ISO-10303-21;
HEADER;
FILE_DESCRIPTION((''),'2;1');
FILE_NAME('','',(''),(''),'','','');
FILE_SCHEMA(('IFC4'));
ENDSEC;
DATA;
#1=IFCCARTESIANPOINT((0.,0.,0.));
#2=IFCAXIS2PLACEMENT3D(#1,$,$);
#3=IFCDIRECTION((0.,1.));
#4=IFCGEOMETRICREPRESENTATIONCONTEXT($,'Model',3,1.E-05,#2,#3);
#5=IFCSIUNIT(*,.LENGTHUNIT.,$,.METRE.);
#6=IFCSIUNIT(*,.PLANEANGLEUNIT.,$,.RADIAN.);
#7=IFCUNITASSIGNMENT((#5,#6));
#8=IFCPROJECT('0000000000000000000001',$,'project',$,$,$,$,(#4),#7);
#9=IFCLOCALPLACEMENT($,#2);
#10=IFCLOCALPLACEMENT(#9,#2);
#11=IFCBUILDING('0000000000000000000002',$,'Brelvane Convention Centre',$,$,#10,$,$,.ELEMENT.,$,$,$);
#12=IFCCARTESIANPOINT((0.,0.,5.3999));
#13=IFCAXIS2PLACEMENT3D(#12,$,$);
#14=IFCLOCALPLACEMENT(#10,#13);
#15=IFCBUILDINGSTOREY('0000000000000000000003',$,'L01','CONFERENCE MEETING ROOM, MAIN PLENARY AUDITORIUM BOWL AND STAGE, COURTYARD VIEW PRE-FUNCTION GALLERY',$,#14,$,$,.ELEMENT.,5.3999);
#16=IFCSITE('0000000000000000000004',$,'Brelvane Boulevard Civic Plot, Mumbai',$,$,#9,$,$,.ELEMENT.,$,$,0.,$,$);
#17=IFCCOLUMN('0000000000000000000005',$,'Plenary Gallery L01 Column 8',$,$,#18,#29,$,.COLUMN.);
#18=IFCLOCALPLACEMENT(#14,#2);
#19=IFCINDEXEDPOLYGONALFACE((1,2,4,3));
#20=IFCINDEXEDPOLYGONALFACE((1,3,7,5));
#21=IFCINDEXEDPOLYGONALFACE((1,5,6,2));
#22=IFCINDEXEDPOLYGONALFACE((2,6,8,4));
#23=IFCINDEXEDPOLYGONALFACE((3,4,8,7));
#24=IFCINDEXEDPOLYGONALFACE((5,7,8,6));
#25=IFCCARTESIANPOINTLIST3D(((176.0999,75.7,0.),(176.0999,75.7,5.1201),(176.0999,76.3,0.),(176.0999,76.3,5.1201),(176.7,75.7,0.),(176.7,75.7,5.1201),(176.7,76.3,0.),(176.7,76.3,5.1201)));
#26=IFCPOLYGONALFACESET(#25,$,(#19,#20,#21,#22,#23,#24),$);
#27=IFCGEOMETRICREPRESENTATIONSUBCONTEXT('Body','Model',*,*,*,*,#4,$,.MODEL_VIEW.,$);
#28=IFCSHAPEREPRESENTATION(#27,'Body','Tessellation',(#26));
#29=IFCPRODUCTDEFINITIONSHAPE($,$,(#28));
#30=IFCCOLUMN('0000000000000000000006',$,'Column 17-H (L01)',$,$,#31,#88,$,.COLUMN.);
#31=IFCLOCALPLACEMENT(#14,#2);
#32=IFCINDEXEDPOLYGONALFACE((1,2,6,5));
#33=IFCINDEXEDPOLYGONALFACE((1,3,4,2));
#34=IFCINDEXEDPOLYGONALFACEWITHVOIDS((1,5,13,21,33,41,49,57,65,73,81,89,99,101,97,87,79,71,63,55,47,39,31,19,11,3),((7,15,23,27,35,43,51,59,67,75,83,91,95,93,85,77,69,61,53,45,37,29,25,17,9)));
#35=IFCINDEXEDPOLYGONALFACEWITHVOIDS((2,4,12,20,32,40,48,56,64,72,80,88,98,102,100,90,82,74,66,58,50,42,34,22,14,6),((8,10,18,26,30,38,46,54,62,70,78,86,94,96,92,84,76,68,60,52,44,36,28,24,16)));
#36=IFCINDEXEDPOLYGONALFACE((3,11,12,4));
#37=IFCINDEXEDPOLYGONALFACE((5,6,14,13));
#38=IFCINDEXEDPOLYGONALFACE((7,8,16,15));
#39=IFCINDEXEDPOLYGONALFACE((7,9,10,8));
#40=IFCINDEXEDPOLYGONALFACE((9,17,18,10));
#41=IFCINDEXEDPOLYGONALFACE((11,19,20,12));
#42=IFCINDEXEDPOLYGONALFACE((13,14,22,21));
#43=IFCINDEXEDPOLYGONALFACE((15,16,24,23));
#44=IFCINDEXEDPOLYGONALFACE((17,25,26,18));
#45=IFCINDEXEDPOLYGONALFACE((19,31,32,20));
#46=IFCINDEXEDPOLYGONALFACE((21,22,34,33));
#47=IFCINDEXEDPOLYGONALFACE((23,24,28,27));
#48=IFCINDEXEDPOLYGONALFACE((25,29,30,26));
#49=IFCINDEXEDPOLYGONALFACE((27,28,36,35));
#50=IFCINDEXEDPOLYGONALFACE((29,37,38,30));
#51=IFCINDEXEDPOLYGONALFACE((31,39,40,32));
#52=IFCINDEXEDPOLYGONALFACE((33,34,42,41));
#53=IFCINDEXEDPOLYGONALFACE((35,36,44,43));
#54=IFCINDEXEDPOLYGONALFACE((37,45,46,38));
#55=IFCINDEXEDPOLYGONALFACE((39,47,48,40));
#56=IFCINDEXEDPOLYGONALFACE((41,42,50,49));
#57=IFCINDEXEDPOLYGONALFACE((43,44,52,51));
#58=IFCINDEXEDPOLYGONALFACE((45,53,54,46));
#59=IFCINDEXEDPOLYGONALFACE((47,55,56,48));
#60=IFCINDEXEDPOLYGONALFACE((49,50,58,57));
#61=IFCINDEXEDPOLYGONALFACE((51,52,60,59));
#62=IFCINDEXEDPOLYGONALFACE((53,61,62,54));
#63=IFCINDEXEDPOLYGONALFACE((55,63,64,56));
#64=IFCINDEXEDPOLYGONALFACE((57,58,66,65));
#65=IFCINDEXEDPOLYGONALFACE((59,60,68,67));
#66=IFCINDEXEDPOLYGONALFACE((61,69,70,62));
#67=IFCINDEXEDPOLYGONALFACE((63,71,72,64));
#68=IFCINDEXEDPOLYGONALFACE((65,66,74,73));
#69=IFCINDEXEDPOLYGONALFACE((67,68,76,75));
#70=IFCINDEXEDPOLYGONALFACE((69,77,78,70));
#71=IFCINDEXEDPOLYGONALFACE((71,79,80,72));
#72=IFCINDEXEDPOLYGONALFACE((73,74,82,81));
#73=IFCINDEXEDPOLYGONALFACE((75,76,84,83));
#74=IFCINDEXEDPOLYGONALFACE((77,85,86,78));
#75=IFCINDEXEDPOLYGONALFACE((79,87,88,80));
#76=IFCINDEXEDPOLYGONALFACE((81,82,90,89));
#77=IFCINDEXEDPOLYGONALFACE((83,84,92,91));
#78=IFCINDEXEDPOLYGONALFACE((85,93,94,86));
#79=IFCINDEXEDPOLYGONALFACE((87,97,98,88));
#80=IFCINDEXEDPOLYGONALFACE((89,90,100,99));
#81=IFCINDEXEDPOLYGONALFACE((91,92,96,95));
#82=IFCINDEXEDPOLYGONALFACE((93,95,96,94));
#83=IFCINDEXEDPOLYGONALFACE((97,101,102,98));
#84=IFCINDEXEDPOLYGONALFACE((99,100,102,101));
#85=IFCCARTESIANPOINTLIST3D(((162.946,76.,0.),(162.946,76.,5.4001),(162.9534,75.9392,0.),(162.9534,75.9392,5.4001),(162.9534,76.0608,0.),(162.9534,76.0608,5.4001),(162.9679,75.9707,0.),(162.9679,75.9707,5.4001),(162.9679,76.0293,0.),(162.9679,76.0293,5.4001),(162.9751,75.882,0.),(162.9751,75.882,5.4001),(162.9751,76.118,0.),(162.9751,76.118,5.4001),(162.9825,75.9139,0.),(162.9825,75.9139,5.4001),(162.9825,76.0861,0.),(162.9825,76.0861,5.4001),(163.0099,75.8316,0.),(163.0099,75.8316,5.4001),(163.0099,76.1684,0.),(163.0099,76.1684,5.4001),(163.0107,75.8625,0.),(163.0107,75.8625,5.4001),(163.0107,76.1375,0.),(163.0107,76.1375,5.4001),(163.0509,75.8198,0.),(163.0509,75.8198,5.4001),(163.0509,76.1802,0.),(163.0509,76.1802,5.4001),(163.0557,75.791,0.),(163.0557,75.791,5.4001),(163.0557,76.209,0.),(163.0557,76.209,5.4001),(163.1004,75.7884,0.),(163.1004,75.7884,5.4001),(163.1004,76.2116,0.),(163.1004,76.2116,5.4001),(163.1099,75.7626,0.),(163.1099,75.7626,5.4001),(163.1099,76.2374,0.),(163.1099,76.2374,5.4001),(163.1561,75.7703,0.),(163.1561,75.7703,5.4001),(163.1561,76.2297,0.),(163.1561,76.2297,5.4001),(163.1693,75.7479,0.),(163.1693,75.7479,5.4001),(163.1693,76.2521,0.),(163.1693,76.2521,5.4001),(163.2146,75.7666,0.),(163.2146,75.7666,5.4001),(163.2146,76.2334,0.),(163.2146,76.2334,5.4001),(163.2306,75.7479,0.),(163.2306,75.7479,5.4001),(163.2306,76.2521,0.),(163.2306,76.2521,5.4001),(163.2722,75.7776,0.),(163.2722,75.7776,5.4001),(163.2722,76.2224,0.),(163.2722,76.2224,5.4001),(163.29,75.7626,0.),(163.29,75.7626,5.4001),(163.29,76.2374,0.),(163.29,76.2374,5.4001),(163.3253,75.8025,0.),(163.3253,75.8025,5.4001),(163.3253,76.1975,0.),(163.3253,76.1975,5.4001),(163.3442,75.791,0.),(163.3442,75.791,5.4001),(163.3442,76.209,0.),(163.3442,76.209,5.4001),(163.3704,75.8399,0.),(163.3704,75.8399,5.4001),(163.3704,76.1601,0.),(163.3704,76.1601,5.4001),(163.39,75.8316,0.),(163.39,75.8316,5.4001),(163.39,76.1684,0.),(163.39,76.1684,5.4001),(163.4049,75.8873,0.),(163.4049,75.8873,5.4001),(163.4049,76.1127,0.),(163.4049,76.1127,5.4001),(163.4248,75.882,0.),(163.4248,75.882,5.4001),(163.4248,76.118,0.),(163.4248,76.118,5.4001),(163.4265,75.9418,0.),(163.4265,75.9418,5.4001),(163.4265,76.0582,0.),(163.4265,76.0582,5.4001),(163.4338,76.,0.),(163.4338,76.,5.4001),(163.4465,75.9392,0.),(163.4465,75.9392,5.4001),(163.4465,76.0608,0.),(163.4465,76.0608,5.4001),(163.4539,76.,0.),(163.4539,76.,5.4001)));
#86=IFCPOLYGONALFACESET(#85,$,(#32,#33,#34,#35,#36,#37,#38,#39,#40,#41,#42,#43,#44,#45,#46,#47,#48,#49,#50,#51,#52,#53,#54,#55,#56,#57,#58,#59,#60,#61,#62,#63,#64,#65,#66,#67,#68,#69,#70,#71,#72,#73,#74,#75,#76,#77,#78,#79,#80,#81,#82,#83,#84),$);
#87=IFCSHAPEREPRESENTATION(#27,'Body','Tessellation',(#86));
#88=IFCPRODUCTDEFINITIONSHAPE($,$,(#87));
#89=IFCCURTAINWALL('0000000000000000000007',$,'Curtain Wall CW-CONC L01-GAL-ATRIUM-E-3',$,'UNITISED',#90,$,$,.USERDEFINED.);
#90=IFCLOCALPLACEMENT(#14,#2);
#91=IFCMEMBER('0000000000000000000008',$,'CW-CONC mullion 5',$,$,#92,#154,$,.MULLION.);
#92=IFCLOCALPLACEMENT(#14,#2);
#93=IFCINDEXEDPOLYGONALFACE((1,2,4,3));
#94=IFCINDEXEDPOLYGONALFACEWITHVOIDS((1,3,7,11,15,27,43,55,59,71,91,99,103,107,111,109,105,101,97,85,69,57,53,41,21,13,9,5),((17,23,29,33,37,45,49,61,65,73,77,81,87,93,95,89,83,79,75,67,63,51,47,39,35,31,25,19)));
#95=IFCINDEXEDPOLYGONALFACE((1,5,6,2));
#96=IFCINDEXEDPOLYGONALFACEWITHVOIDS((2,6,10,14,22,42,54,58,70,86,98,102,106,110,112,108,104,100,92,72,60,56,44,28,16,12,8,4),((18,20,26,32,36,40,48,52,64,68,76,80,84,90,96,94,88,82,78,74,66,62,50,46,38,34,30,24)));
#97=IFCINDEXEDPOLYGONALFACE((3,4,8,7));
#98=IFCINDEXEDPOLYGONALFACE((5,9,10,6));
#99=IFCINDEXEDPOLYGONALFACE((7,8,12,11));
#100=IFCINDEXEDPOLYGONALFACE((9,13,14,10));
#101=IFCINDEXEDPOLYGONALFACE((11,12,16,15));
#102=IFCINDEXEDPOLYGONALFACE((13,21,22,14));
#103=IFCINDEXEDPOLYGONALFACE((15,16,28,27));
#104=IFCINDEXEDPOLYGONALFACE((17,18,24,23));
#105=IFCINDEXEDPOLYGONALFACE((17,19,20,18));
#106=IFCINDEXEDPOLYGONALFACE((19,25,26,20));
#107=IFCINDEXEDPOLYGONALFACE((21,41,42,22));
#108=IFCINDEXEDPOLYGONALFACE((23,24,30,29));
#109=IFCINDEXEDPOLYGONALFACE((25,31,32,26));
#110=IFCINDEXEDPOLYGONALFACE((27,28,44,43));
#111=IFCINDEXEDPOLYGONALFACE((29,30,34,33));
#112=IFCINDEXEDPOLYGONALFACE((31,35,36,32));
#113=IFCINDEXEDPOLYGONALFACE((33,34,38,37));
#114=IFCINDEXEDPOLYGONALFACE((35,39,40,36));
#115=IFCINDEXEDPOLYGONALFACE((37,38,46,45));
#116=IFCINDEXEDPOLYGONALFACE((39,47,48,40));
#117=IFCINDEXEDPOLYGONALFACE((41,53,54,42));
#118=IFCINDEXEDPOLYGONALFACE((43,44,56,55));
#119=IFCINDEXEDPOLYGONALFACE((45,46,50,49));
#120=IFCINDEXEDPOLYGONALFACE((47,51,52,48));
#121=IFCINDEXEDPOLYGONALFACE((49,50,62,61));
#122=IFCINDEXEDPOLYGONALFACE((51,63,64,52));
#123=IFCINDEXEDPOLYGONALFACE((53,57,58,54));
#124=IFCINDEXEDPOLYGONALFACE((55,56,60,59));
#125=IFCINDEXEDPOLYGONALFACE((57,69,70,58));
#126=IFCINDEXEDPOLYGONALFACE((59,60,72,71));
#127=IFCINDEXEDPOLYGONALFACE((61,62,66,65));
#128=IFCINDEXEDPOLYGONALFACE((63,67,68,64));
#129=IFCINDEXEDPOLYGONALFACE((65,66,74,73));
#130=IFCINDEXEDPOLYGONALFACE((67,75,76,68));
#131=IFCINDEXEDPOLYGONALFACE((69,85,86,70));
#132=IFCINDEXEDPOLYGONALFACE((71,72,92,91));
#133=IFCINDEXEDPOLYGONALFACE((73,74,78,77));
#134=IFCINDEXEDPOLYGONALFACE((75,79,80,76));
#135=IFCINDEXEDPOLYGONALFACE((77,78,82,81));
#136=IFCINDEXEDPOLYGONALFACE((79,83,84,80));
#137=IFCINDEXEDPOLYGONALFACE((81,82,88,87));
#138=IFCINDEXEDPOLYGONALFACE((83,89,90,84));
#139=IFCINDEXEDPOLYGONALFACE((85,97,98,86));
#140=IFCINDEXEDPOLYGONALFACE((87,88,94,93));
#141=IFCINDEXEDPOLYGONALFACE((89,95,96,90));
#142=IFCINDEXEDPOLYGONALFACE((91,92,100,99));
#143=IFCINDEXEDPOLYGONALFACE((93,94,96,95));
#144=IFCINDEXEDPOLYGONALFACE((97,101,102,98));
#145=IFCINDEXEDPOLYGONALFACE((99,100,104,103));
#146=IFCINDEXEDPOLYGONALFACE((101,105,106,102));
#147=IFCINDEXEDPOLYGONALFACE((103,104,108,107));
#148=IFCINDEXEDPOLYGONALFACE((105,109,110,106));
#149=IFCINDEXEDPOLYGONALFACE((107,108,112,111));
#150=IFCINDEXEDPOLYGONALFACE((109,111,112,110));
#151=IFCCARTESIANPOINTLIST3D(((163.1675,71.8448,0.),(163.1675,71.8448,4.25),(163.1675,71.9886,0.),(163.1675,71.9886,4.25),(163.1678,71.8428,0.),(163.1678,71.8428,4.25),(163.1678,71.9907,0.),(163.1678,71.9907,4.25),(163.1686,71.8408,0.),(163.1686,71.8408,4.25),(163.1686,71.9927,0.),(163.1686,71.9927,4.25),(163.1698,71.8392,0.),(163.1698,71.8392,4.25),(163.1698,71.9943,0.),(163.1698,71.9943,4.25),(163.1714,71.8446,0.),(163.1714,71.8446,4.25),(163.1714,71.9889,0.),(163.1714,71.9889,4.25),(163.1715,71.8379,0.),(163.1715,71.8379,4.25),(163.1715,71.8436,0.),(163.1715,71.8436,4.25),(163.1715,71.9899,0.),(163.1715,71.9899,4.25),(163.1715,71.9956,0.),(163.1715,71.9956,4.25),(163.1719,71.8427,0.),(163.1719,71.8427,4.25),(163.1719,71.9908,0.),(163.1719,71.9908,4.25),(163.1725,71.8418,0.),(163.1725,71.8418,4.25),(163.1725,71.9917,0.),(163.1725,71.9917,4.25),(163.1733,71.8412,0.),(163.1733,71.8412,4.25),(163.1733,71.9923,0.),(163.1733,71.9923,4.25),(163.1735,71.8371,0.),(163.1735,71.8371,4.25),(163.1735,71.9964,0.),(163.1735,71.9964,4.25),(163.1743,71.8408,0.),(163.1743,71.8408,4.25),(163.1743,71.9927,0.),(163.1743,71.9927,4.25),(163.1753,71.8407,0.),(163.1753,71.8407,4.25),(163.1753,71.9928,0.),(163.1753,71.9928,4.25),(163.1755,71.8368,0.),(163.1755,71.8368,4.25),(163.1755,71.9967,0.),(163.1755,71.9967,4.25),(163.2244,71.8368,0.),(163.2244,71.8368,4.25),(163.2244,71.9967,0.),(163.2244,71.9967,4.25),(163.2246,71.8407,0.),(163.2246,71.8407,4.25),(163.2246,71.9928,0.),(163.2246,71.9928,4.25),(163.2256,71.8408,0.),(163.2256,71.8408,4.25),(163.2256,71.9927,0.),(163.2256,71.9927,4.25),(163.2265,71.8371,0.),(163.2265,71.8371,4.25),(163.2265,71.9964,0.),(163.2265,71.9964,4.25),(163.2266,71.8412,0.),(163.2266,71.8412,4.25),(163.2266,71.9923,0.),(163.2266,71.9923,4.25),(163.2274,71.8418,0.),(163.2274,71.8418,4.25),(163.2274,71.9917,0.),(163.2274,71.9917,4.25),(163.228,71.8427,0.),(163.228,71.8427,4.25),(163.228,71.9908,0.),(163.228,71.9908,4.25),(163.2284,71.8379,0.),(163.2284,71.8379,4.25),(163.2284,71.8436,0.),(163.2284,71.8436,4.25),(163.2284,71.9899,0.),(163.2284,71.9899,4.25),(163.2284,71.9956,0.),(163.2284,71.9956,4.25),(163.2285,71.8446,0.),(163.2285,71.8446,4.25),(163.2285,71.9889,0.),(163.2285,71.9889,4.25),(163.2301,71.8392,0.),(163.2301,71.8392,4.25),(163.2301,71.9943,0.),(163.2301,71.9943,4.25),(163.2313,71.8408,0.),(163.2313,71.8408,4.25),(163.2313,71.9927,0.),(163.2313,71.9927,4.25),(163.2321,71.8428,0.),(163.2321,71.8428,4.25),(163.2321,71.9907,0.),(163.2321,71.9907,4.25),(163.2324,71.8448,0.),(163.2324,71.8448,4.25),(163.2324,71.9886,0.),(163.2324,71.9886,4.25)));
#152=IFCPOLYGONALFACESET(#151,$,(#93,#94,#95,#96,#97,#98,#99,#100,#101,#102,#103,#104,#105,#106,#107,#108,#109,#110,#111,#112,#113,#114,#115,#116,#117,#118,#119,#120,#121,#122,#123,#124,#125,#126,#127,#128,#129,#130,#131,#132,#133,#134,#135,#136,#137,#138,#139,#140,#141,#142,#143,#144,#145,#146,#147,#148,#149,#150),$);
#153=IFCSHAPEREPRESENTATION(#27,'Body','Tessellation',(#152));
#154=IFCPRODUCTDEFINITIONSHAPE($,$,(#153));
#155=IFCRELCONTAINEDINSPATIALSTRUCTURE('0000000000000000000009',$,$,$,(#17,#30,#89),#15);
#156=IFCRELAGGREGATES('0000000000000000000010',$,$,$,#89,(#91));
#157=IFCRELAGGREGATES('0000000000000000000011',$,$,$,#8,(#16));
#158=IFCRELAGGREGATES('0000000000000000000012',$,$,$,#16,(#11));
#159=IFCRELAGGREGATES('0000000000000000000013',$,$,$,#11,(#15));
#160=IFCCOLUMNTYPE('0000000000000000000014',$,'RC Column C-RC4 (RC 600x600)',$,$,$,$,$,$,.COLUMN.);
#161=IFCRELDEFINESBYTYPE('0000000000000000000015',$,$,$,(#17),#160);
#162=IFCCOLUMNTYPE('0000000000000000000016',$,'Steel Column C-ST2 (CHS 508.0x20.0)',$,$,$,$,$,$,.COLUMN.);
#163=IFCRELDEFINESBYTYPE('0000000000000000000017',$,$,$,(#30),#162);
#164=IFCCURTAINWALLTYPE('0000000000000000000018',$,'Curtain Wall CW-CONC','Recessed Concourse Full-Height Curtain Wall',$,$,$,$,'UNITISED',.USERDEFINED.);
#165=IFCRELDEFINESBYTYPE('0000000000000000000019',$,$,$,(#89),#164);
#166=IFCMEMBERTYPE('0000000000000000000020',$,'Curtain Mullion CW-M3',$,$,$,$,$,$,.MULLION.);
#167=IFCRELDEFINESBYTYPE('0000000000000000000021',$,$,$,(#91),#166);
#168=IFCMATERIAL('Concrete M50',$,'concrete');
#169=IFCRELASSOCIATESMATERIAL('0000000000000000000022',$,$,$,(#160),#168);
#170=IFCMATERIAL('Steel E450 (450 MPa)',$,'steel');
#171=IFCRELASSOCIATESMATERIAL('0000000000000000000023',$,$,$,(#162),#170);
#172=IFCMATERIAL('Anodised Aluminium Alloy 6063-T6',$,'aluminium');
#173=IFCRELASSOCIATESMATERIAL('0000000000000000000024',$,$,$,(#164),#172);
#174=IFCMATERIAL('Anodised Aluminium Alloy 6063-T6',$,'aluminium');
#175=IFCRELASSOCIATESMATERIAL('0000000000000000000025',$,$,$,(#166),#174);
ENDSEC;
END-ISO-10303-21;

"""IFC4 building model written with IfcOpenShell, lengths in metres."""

from ifc_helpers import new_model, si_unit, direction, frame, origin, origin_2d, place, context, subcontext, project, spatial, rectangle, hollow_rectangle, hollow_circle, extrude, material, material_profile, profile_set, type_object, element, aggregate, save


model = new_model("IFC4")

# Units and contexts
model_context = context("Model", 3, precision=1e-05, world=origin(), true_north=direction((0.0, 1.0)))
body_context = subcontext(model_context, "Body", "Model", "MODEL_VIEW")
ifc_project = project(units=[si_unit("LENGTHUNIT", "METRE"), si_unit("PLANEANGLEUNIT", "RADIAN")], contexts=[model_context])

# Site, building, storey
site_placement = place(None, origin())
site = spatial("IfcSite", under=ifc_project, at=site_placement, Name="Brelvane Boulevard Civic Plot, Mumbai", CompositionType="ELEMENT", RefElevation=0.0)
building_placement = place(site_placement, origin())
building = spatial("IfcBuilding", under=site, at=building_placement, Name="Brelvane Convention Centre", CompositionType="ELEMENT")
storey_placement = place(building_placement, frame((0.0, 0.0, 5.3999)))
storey = spatial("IfcBuildingStorey", under=building, at=storey_placement, Name="L01", Description="CONFERENCE MEETING ROOM, MAIN PLENARY AUDITORIUM BOWL AND STAGE, COURTYARD VIEW PRE-FUNCTION GALLERY", CompositionType="ELEMENT", Elevation=5.3999)

# Columns
ifc_material_1 = material(Name="Concrete M50", Category="concrete")
ifc_material_profile_1 = material_profile(ifc_material_1, rectangle(XDim=0.6001, YDim=0.6001, at=origin_2d()), Name="RC 600x600")
ifc_profile_set_1 = profile_set([ifc_material_profile_1], Name="Concrete M50")
column_type_1 = type_object("IfcColumnType", Name="RC Column C-RC4 (RC 600x600)", PredefinedType="COLUMN", material=ifc_profile_set_1)
column_1_placement = place(storey_placement, frame((176.3999, 76.0, 0.0), z_axis=(0.0, 0.0, 1.0), x_axis=(1.0, 0.0, 0.0)))
element("IfcColumn", 1, at=column_1_placement, inside=storey, type_object=column_type_1, Name="Plenary Gallery L01 Column 8", PredefinedType="COLUMN", context=body_context, shape_type="SweptSolid", body=[
    extrude(rectangle(XDim=0.6001, YDim=0.6001, at=origin_2d()), origin(), (0.0, 0.0, 1.0), 5.1201),
])
ifc_material_2 = material(Name="Steel E450 (450 MPa)", Category="steel")
ifc_material_profile_2 = material_profile(ifc_material_2, hollow_circle(Radius=0.2539, WallThickness=0.02, at=origin_2d()), Name="CHS 508.0x20.0")
ifc_profile_set_2 = profile_set([ifc_material_profile_2], Name="Steel E450 (450 MPa)")
column_type_2 = type_object("IfcColumnType", Name="Steel Column C-ST2 (CHS 508.0x20.0)", PredefinedType="COLUMN", material=ifc_profile_set_2)
column_2_placement = place(storey_placement, frame((163.2, 76.0, 0.0), z_axis=(0.0, 0.0, 1.0), x_axis=(1.0, 0.0, 0.0)))
element("IfcColumn", 2, at=column_2_placement, inside=storey, type_object=column_type_2, Name="Column 17-H (L01)", PredefinedType="COLUMN", context=body_context, shape_type="SweptSolid", body=[
    extrude(hollow_circle(Radius=0.2539, WallThickness=0.02, at=origin_2d()), origin(), (0.0, 0.0, 1.0), 5.4001),
])

# Curtain wall, member
ifc_material_3 = material(Name="Anodised Aluminium Alloy 6063-T6", Category="aluminium")
curtain_wall_type = type_object("IfcCurtainWallType", Name="Curtain Wall CW-CONC", Description="Recessed Concourse Full-Height Curtain Wall", ElementType="UNITISED", PredefinedType="USERDEFINED", material=ifc_material_3)
curtain_wall_placement = place(storey_placement, origin())
curtain_wall = element("IfcCurtainWall", 3, at=curtain_wall_placement, inside=storey, type_object=curtain_wall_type, Name="Curtain Wall CW-CONC L01-GAL-ATRIUM-E-3", ObjectType="UNITISED", PredefinedType="USERDEFINED")
ifc_material_4 = material(Name="Anodised Aluminium Alloy 6063-T6", Category="aluminium")
ifc_material_profile_3 = material_profile(ifc_material_4, hollow_rectangle(XDim=0.0649, YDim=0.1599, WallThickness=0.0039, InnerFilletRadius=0.0039, OuterFilletRadius=0.0081, at=origin_2d()), Name="ALU-M 160x65x4.0")
ifc_profile_set_3 = profile_set([ifc_material_profile_3], Name="Anodised Aluminium Alloy 6063-T6")
member_type_1 = type_object("IfcMemberType", Name="Curtain Mullion CW-M3", PredefinedType="MULLION", material=ifc_profile_set_3)
member_1_placement = place(storey_placement, frame((163.2, 71.9167, 0.0), z_axis=(0.0, 0.0, 1.0), x_axis=(-1.0, 0.0, 0.0)))
member_1 = element("IfcMember", 4, at=member_1_placement, type_object=member_type_1, Name="CW-CONC mullion 5", PredefinedType="MULLION", context=body_context, shape_type="SweptSolid", body=[
    extrude(hollow_rectangle(XDim=0.0649, YDim=0.1599, WallThickness=0.0039, InnerFilletRadius=0.0039, OuterFilletRadius=0.0081, at=origin_2d()), origin(), (0.0, 0.0, 1.0), 4.25),
])

aggregate(curtain_wall, [member_1])

save(model, "model.ifc")
